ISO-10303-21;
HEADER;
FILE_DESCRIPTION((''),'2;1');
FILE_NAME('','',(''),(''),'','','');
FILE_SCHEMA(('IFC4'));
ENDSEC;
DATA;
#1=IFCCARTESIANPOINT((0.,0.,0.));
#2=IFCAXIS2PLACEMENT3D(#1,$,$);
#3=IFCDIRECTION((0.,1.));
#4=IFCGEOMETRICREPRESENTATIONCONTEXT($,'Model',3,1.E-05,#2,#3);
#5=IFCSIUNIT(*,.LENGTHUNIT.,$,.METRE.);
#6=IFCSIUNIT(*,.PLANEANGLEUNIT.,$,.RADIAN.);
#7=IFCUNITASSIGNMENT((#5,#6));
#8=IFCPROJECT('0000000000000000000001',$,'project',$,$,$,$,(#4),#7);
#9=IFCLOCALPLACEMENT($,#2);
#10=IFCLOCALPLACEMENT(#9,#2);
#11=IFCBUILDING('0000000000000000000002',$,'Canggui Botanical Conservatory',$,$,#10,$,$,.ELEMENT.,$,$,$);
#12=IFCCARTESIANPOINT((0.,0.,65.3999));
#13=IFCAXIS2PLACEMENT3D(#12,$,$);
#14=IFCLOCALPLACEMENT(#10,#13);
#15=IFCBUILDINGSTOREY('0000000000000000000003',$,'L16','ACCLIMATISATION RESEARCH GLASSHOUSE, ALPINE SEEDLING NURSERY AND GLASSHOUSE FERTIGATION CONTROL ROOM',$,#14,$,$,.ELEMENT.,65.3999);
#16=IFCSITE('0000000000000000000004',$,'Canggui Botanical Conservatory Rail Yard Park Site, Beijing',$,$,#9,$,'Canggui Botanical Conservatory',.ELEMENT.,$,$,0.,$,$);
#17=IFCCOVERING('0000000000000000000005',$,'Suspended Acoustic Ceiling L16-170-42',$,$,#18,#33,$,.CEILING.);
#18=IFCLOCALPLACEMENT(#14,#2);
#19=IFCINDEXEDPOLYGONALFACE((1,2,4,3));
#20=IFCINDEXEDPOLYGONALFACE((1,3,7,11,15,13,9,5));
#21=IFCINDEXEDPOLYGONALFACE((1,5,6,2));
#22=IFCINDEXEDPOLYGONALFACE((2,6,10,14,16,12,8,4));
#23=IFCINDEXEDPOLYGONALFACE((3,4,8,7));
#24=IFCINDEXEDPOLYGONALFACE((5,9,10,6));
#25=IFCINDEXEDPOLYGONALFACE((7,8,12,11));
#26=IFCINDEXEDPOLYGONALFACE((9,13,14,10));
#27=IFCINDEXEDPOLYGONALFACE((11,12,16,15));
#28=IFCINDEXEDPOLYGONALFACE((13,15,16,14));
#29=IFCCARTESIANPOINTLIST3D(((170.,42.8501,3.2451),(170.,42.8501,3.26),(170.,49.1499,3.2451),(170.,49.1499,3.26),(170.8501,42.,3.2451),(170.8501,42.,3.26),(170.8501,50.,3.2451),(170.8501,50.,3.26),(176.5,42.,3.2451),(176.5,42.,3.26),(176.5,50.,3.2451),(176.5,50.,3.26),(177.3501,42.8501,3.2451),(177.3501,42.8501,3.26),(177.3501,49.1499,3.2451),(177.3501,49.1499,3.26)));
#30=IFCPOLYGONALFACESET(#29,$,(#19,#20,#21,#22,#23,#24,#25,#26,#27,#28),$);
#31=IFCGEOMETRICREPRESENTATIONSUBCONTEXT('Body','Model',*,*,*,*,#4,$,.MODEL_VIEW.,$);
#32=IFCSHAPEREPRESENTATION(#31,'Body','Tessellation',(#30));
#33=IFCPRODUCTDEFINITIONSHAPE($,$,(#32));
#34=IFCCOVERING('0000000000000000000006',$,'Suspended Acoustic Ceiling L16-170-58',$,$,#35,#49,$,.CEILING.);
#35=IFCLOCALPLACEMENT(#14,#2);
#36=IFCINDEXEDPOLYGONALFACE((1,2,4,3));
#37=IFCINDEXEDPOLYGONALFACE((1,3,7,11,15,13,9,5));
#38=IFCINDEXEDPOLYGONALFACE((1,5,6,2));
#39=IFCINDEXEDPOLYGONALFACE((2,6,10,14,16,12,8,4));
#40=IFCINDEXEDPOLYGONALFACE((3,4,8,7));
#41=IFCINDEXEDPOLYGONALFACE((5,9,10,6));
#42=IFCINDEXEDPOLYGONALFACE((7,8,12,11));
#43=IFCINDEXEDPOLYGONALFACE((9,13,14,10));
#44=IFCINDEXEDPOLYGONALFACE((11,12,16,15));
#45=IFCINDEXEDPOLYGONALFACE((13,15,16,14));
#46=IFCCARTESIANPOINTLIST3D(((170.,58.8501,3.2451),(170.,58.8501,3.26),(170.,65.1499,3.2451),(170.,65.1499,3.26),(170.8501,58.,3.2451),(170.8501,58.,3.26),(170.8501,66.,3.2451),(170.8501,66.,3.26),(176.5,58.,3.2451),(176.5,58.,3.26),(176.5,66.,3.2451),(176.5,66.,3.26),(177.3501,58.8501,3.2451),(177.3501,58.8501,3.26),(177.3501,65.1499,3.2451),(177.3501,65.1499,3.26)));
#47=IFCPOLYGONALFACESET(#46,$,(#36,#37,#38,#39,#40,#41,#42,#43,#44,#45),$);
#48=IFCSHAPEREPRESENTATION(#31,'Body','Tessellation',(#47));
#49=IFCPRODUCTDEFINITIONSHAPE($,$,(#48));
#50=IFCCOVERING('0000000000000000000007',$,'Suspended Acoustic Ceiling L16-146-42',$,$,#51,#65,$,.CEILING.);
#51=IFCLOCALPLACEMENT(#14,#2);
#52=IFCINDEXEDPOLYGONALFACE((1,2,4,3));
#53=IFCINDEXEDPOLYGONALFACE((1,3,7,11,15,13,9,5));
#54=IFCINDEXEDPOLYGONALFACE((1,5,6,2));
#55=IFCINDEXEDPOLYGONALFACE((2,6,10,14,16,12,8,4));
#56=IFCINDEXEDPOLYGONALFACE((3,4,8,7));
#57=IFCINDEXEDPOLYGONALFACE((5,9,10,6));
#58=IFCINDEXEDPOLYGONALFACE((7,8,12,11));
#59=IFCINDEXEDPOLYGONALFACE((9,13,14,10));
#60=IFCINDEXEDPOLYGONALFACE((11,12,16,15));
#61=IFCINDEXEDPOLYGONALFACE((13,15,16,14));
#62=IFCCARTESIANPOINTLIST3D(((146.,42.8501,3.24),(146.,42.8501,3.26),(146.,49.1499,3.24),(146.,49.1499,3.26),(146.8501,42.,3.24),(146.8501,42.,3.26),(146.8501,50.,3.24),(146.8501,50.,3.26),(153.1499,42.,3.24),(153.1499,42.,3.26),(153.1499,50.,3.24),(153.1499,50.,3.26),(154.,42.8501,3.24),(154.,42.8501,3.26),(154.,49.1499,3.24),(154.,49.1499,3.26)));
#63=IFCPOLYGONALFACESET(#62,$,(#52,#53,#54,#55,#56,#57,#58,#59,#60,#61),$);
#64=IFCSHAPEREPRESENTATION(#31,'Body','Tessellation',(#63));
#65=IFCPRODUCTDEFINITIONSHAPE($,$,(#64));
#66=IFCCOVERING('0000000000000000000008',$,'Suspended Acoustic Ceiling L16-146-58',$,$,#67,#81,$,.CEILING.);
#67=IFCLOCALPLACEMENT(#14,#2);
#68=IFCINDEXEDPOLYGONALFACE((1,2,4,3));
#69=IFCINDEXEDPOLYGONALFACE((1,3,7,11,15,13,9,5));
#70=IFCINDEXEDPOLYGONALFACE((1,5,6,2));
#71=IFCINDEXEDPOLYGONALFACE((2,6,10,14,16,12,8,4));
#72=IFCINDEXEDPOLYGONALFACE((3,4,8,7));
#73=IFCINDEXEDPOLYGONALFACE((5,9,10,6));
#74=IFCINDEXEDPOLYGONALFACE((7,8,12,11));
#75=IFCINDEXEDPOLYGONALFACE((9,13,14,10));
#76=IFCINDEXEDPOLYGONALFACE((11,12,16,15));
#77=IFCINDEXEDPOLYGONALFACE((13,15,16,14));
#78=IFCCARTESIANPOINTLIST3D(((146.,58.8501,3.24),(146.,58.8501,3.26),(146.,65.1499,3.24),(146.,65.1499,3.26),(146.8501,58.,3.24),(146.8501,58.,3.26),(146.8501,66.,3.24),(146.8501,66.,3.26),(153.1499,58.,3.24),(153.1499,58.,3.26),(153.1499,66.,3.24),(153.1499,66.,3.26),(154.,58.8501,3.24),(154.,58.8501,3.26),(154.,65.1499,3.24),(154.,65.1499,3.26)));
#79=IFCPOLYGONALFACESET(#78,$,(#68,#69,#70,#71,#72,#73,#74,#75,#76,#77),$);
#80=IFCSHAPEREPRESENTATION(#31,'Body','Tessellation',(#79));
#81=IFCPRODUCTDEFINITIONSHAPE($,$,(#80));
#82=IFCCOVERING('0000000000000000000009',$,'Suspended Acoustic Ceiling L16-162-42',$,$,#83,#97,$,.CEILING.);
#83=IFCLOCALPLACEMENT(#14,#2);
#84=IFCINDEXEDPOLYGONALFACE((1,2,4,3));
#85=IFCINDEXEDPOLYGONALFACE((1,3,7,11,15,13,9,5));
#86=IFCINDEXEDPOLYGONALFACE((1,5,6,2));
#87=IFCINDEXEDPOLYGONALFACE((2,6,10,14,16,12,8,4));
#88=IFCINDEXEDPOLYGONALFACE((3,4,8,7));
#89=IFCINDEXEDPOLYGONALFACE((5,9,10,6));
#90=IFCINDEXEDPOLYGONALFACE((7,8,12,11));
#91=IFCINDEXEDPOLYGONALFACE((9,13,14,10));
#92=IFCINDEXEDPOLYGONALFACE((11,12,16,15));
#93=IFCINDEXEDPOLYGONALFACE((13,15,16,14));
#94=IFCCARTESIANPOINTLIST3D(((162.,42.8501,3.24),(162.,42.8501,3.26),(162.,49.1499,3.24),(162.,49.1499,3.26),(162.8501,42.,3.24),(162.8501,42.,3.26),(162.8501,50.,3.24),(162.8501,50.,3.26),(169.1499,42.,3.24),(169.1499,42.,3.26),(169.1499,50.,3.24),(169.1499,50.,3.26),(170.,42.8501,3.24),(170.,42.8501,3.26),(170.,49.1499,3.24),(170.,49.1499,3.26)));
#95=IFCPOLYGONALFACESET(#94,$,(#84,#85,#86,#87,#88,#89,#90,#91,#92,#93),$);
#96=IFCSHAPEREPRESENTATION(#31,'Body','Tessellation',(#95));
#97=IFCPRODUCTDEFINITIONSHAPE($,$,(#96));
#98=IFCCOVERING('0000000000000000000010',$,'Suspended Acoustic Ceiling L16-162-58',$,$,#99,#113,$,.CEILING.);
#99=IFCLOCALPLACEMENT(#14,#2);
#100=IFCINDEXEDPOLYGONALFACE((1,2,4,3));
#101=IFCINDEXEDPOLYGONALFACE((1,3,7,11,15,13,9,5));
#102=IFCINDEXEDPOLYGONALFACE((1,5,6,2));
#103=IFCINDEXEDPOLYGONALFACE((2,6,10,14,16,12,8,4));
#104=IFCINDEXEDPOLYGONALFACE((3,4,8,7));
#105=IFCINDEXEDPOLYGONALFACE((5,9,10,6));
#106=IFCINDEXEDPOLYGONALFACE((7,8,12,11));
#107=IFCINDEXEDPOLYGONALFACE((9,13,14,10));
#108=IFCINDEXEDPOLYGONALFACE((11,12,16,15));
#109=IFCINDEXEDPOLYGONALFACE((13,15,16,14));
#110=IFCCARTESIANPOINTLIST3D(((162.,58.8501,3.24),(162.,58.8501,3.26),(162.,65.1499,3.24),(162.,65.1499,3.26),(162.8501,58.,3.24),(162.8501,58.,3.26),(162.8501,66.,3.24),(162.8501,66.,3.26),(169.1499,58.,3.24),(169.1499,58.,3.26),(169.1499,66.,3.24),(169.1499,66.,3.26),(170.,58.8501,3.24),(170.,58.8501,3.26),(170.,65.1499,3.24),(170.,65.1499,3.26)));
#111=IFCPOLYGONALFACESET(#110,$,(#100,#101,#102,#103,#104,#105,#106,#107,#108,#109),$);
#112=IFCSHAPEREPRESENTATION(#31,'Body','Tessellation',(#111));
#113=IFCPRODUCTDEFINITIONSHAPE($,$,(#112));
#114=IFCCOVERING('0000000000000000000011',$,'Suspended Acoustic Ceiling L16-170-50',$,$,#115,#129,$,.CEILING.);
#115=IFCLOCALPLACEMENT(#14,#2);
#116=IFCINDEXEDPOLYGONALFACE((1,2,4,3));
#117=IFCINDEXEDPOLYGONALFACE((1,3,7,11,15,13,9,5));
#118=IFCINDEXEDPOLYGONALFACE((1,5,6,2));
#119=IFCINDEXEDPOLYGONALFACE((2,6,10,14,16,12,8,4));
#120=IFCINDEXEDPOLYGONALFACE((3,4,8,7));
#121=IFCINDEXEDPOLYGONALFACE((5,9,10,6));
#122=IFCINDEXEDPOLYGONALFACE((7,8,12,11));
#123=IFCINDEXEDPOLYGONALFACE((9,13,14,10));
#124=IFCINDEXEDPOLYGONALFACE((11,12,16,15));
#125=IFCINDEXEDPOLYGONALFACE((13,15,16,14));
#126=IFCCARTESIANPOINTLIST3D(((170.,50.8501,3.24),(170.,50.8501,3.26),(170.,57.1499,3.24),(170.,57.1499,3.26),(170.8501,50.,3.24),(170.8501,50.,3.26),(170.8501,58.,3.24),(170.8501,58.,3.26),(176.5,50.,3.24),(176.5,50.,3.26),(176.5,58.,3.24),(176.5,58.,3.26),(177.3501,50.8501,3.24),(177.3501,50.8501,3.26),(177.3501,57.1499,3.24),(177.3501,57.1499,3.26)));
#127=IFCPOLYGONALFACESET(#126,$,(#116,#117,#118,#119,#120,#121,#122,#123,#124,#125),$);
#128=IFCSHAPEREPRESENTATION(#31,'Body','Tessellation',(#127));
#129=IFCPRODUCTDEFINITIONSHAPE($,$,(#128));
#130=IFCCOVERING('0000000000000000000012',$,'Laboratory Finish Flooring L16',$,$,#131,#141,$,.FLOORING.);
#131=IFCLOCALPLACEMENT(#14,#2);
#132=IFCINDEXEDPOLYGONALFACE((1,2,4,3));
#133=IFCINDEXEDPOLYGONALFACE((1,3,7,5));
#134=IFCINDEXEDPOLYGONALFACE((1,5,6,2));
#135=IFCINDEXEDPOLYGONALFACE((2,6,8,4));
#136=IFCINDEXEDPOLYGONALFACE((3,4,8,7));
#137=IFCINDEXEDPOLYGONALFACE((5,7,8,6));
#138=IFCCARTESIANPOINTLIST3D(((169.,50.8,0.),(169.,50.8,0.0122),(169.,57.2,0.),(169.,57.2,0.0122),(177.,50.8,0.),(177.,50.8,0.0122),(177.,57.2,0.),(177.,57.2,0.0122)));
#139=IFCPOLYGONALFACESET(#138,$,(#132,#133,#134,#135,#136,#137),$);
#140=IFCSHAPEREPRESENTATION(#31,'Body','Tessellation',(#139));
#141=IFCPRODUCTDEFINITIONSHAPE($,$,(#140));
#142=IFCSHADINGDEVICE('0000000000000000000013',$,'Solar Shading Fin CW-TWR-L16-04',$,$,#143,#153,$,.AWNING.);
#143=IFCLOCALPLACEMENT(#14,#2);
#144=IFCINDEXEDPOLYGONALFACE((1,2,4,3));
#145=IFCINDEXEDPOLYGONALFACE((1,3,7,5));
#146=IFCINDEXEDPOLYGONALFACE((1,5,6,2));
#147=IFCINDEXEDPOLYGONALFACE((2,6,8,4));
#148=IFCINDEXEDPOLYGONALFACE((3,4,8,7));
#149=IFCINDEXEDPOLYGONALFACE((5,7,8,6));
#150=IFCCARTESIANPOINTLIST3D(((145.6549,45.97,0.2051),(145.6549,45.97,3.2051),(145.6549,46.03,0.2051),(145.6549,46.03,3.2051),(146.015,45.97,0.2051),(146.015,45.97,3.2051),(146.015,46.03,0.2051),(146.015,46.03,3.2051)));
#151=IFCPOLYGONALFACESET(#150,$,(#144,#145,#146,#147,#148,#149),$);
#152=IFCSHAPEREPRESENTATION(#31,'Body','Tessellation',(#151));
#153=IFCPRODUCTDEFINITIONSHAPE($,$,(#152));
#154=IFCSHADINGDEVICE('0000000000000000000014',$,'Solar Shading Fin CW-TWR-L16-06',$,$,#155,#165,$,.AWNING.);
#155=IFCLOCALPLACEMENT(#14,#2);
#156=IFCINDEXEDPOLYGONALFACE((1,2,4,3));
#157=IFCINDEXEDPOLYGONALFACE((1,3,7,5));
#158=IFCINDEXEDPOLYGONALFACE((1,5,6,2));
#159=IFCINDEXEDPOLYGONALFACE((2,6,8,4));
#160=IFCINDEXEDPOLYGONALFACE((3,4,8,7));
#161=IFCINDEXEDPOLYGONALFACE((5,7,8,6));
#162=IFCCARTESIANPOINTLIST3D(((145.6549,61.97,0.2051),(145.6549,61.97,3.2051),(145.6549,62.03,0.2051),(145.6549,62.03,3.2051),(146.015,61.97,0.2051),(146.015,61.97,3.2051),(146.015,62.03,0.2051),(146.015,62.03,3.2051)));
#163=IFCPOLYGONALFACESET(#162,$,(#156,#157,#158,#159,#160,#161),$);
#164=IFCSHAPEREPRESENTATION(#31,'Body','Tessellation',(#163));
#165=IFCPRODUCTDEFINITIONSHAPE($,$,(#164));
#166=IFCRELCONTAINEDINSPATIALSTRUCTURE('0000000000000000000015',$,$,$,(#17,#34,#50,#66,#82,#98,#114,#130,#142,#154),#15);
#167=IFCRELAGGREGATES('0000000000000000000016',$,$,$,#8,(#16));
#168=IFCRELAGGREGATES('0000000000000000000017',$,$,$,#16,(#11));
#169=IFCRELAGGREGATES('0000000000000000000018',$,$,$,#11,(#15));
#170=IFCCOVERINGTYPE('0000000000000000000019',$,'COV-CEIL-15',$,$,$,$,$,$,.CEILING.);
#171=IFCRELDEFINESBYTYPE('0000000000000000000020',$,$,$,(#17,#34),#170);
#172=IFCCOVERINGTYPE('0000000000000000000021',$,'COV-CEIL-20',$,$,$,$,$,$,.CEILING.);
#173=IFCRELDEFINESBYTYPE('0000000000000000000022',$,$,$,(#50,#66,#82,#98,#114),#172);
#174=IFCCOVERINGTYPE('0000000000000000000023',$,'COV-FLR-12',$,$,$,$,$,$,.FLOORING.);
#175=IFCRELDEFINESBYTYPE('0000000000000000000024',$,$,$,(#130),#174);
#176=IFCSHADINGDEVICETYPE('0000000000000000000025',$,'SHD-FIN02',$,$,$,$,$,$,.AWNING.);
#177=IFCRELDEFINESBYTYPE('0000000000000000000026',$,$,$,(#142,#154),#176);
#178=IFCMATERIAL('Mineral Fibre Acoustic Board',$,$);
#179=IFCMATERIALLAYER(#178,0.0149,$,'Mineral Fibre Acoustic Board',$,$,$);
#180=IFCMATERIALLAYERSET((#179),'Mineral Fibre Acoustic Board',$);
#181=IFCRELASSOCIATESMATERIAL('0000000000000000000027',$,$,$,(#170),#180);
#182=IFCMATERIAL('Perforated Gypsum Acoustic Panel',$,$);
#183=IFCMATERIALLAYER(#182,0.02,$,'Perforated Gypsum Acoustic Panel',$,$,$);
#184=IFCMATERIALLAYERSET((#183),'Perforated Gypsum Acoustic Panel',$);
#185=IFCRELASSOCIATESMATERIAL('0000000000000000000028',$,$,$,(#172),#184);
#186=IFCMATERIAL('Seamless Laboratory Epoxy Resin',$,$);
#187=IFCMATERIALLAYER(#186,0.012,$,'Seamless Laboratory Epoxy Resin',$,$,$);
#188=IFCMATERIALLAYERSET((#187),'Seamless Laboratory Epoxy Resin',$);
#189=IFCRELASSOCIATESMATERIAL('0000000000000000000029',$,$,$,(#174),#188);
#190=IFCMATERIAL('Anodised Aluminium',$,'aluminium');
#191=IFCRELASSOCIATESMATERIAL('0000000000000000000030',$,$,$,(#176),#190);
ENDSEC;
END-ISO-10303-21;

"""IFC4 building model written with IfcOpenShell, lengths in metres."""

from ifc_helpers import new_model, si_unit, direction, frame, origin, origin_2d, place, context, subcontext, project, spatial, polyline, rectangle, outline, extrude, material, layer, layer_set, type_object, element, save


model = new_model("IFC4")

# Units and contexts
model_context = context("Model", 3, precision=1e-05, world=origin(), true_north=direction((0.0, 1.0)))
body_context = subcontext(model_context, "Body", "Model", "MODEL_VIEW")
ifc_project = project(units=[si_unit("LENGTHUNIT", "METRE"), si_unit("PLANEANGLEUNIT", "RADIAN")], contexts=[model_context])

# Site, building, storey
site_placement = place(None, origin())
site = spatial("IfcSite", under=ifc_project, at=site_placement, Name="Canggui Botanical Conservatory Rail Yard Park Site, Beijing", LongName="Canggui Botanical Conservatory", CompositionType="ELEMENT", RefElevation=0.0)
building_placement = place(site_placement, origin())
building = spatial("IfcBuilding", under=site, at=building_placement, Name="Canggui Botanical Conservatory", CompositionType="ELEMENT")
storey_placement = place(building_placement, frame((0.0, 0.0, 65.3999)))
storey = spatial("IfcBuildingStorey", under=building, at=storey_placement, Name="L16", Description="ACCLIMATISATION RESEARCH GLASSHOUSE, ALPINE SEEDLING NURSERY AND GLASSHOUSE FERTIGATION CONTROL ROOM", CompositionType="ELEMENT", Elevation=65.3999)

# Coverings
ifc_material_1 = material(Name="Mineral Fibre Acoustic Board")
ifc_layer_1 = layer(ifc_material_1, 0.0149, Name="Mineral Fibre Acoustic Board")
ifc_layer_set_1 = layer_set([ifc_layer_1], Name="Mineral Fibre Acoustic Board")
covering_type_1 = type_object("IfcCoveringType", Name="COV-CEIL-15", PredefinedType="CEILING", material=ifc_layer_set_1)
covering_1_placement = place(storey_placement, frame((0.0, 0.0, 3.2451)))
element("IfcCovering", 1, at=covering_1_placement, inside=storey, type_object=covering_type_1, Name="Suspended Acoustic Ceiling L16-170-42", PredefinedType="CEILING", context=body_context, shape_type="SweptSolid", body=[
    extrude(outline(polyline([(170.8501, 42.0), (176.5, 42.0), (177.3501, 42.8501), (177.3501, 49.1499), (176.5, 50.0), (170.8501, 50.0), (170.0, 49.1499), (170.0, 42.8501), (170.8501, 42.0)])), origin(), (0.0, 0.0, 1.0), 0.0149),
])
covering_2_placement = place(storey_placement, frame((0.0, 0.0, 3.2451)))
element("IfcCovering", 2, at=covering_2_placement, inside=storey, type_object=covering_type_1, Name="Suspended Acoustic Ceiling L16-170-58", PredefinedType="CEILING", context=body_context, shape_type="SweptSolid", body=[
    extrude(outline(polyline([(170.8501, 58.0), (176.5, 58.0), (177.3501, 58.8501), (177.3501, 65.1499), (176.5, 66.0), (170.8501, 66.0), (170.0, 65.1499), (170.0, 58.8501), (170.8501, 58.0)])), origin(), (0.0, 0.0, 1.0), 0.0149),
])
ifc_material_2 = material(Name="Perforated Gypsum Acoustic Panel")
ifc_layer_2 = layer(ifc_material_2, 0.02, Name="Perforated Gypsum Acoustic Panel")
ifc_layer_set_2 = layer_set([ifc_layer_2], Name="Perforated Gypsum Acoustic Panel")
covering_type_2 = type_object("IfcCoveringType", Name="COV-CEIL-20", PredefinedType="CEILING", material=ifc_layer_set_2)
covering_3_placement = place(storey_placement, frame((0.0, 0.0, 3.24)))
element("IfcCovering", 3, at=covering_3_placement, inside=storey, type_object=covering_type_2, Name="Suspended Acoustic Ceiling L16-146-42", PredefinedType="CEILING", context=body_context, shape_type="SweptSolid", body=[
    extrude(outline(polyline([(146.8501, 42.0), (153.1499, 42.0), (154.0, 42.8501), (154.0, 49.1499), (153.1499, 50.0), (146.8501, 50.0), (146.0, 49.1499), (146.0, 42.8501), (146.8501, 42.0)])), origin(), (0.0, 0.0, 1.0), 0.02),
])
covering_4_placement = place(storey_placement, frame((0.0, 0.0, 3.24)))
element("IfcCovering", 4, at=covering_4_placement, inside=storey, type_object=covering_type_2, Name="Suspended Acoustic Ceiling L16-146-58", PredefinedType="CEILING", context=body_context, shape_type="SweptSolid", body=[
    extrude(outline(polyline([(146.8501, 58.0), (153.1499, 58.0), (154.0, 58.8501), (154.0, 65.1499), (153.1499, 66.0), (146.8501, 66.0), (146.0, 65.1499), (146.0, 58.8501), (146.8501, 58.0)])), origin(), (0.0, 0.0, 1.0), 0.02),
])
covering_5_placement = place(storey_placement, frame((0.0, 0.0, 3.24)))
element("IfcCovering", 5, at=covering_5_placement, inside=storey, type_object=covering_type_2, Name="Suspended Acoustic Ceiling L16-162-42", PredefinedType="CEILING", context=body_context, shape_type="SweptSolid", body=[
    extrude(outline(polyline([(162.8501, 42.0), (169.1499, 42.0), (170.0, 42.8501), (170.0, 49.1499), (169.1499, 50.0), (162.8501, 50.0), (162.0, 49.1499), (162.0, 42.8501), (162.8501, 42.0)])), origin(), (0.0, 0.0, 1.0), 0.02),
])
covering_6_placement = place(storey_placement, frame((0.0, 0.0, 3.24)))
element("IfcCovering", 6, at=covering_6_placement, inside=storey, type_object=covering_type_2, Name="Suspended Acoustic Ceiling L16-162-58", PredefinedType="CEILING", context=body_context, shape_type="SweptSolid", body=[
    extrude(outline(polyline([(162.8501, 58.0), (169.1499, 58.0), (170.0, 58.8501), (170.0, 65.1499), (169.1499, 66.0), (162.8501, 66.0), (162.0, 65.1499), (162.0, 58.8501), (162.8501, 58.0)])), origin(), (0.0, 0.0, 1.0), 0.02),
])
covering_7_placement = place(storey_placement, frame((0.0, 0.0, 3.24)))
element("IfcCovering", 7, at=covering_7_placement, inside=storey, type_object=covering_type_2, Name="Suspended Acoustic Ceiling L16-170-50", PredefinedType="CEILING", context=body_context, shape_type="SweptSolid", body=[
    extrude(outline(polyline([(170.8501, 50.0), (176.5, 50.0), (177.3501, 50.8501), (177.3501, 57.1499), (176.5, 58.0), (170.8501, 58.0), (170.0, 57.1499), (170.0, 50.8501), (170.8501, 50.0)])), origin(), (0.0, 0.0, 1.0), 0.02),
])
ifc_material_3 = material(Name="Seamless Laboratory Epoxy Resin")
ifc_layer_3 = layer(ifc_material_3, 0.012, Name="Seamless Laboratory Epoxy Resin")
ifc_layer_set_3 = layer_set([ifc_layer_3], Name="Seamless Laboratory Epoxy Resin")
covering_type_3 = type_object("IfcCoveringType", Name="COV-FLR-12", PredefinedType="FLOORING", material=ifc_layer_set_3)
covering_8_placement = place(storey_placement, origin())
element("IfcCovering", 8, at=covering_8_placement, inside=storey, type_object=covering_type_3, Name="Laboratory Finish Flooring L16", PredefinedType="FLOORING", context=body_context, shape_type="SweptSolid", body=[
    extrude(outline(polyline([(169.0, 50.8), (177.0, 50.8), (177.0, 57.2), (169.0, 57.2), (169.0, 50.8)])), origin(), (0.0, 0.0, 1.0), 0.0122),
])

# Shading devices
ifc_material_4 = material(Name="Anodised Aluminium", Category="aluminium")
shading_device_type = type_object("IfcShadingDeviceType", Name="SHD-FIN02", PredefinedType="AWNING", material=ifc_material_4)
for number, where, z_axis, x_axis, name in (
    (9, (145.835, 46.0, 0.2051), (0.0, 0.0, 1.0), (0.0, 1.0, 0.0), "Solar Shading Fin CW-TWR-L16-04"),
    (10, (145.835, 62.0, 0.2051), (0.0, 0.0, 1.0), (0.0, 1.0, 0.0), "Solar Shading Fin CW-TWR-L16-06"),
):
    element("IfcShadingDevice", number, at=place(storey_placement, frame(where, z_axis=z_axis, x_axis=x_axis)), inside=storey, type_object=shading_device_type, Name=name, PredefinedType="AWNING", context=body_context, shape_type="SweptSolid", body=[
        extrude(rectangle(XDim=0.0601, YDim=0.3601, at=origin_2d()), origin(), (0.0, 0.0, 1.0), 3.0),
    ])

save(model, "model.ifc")
